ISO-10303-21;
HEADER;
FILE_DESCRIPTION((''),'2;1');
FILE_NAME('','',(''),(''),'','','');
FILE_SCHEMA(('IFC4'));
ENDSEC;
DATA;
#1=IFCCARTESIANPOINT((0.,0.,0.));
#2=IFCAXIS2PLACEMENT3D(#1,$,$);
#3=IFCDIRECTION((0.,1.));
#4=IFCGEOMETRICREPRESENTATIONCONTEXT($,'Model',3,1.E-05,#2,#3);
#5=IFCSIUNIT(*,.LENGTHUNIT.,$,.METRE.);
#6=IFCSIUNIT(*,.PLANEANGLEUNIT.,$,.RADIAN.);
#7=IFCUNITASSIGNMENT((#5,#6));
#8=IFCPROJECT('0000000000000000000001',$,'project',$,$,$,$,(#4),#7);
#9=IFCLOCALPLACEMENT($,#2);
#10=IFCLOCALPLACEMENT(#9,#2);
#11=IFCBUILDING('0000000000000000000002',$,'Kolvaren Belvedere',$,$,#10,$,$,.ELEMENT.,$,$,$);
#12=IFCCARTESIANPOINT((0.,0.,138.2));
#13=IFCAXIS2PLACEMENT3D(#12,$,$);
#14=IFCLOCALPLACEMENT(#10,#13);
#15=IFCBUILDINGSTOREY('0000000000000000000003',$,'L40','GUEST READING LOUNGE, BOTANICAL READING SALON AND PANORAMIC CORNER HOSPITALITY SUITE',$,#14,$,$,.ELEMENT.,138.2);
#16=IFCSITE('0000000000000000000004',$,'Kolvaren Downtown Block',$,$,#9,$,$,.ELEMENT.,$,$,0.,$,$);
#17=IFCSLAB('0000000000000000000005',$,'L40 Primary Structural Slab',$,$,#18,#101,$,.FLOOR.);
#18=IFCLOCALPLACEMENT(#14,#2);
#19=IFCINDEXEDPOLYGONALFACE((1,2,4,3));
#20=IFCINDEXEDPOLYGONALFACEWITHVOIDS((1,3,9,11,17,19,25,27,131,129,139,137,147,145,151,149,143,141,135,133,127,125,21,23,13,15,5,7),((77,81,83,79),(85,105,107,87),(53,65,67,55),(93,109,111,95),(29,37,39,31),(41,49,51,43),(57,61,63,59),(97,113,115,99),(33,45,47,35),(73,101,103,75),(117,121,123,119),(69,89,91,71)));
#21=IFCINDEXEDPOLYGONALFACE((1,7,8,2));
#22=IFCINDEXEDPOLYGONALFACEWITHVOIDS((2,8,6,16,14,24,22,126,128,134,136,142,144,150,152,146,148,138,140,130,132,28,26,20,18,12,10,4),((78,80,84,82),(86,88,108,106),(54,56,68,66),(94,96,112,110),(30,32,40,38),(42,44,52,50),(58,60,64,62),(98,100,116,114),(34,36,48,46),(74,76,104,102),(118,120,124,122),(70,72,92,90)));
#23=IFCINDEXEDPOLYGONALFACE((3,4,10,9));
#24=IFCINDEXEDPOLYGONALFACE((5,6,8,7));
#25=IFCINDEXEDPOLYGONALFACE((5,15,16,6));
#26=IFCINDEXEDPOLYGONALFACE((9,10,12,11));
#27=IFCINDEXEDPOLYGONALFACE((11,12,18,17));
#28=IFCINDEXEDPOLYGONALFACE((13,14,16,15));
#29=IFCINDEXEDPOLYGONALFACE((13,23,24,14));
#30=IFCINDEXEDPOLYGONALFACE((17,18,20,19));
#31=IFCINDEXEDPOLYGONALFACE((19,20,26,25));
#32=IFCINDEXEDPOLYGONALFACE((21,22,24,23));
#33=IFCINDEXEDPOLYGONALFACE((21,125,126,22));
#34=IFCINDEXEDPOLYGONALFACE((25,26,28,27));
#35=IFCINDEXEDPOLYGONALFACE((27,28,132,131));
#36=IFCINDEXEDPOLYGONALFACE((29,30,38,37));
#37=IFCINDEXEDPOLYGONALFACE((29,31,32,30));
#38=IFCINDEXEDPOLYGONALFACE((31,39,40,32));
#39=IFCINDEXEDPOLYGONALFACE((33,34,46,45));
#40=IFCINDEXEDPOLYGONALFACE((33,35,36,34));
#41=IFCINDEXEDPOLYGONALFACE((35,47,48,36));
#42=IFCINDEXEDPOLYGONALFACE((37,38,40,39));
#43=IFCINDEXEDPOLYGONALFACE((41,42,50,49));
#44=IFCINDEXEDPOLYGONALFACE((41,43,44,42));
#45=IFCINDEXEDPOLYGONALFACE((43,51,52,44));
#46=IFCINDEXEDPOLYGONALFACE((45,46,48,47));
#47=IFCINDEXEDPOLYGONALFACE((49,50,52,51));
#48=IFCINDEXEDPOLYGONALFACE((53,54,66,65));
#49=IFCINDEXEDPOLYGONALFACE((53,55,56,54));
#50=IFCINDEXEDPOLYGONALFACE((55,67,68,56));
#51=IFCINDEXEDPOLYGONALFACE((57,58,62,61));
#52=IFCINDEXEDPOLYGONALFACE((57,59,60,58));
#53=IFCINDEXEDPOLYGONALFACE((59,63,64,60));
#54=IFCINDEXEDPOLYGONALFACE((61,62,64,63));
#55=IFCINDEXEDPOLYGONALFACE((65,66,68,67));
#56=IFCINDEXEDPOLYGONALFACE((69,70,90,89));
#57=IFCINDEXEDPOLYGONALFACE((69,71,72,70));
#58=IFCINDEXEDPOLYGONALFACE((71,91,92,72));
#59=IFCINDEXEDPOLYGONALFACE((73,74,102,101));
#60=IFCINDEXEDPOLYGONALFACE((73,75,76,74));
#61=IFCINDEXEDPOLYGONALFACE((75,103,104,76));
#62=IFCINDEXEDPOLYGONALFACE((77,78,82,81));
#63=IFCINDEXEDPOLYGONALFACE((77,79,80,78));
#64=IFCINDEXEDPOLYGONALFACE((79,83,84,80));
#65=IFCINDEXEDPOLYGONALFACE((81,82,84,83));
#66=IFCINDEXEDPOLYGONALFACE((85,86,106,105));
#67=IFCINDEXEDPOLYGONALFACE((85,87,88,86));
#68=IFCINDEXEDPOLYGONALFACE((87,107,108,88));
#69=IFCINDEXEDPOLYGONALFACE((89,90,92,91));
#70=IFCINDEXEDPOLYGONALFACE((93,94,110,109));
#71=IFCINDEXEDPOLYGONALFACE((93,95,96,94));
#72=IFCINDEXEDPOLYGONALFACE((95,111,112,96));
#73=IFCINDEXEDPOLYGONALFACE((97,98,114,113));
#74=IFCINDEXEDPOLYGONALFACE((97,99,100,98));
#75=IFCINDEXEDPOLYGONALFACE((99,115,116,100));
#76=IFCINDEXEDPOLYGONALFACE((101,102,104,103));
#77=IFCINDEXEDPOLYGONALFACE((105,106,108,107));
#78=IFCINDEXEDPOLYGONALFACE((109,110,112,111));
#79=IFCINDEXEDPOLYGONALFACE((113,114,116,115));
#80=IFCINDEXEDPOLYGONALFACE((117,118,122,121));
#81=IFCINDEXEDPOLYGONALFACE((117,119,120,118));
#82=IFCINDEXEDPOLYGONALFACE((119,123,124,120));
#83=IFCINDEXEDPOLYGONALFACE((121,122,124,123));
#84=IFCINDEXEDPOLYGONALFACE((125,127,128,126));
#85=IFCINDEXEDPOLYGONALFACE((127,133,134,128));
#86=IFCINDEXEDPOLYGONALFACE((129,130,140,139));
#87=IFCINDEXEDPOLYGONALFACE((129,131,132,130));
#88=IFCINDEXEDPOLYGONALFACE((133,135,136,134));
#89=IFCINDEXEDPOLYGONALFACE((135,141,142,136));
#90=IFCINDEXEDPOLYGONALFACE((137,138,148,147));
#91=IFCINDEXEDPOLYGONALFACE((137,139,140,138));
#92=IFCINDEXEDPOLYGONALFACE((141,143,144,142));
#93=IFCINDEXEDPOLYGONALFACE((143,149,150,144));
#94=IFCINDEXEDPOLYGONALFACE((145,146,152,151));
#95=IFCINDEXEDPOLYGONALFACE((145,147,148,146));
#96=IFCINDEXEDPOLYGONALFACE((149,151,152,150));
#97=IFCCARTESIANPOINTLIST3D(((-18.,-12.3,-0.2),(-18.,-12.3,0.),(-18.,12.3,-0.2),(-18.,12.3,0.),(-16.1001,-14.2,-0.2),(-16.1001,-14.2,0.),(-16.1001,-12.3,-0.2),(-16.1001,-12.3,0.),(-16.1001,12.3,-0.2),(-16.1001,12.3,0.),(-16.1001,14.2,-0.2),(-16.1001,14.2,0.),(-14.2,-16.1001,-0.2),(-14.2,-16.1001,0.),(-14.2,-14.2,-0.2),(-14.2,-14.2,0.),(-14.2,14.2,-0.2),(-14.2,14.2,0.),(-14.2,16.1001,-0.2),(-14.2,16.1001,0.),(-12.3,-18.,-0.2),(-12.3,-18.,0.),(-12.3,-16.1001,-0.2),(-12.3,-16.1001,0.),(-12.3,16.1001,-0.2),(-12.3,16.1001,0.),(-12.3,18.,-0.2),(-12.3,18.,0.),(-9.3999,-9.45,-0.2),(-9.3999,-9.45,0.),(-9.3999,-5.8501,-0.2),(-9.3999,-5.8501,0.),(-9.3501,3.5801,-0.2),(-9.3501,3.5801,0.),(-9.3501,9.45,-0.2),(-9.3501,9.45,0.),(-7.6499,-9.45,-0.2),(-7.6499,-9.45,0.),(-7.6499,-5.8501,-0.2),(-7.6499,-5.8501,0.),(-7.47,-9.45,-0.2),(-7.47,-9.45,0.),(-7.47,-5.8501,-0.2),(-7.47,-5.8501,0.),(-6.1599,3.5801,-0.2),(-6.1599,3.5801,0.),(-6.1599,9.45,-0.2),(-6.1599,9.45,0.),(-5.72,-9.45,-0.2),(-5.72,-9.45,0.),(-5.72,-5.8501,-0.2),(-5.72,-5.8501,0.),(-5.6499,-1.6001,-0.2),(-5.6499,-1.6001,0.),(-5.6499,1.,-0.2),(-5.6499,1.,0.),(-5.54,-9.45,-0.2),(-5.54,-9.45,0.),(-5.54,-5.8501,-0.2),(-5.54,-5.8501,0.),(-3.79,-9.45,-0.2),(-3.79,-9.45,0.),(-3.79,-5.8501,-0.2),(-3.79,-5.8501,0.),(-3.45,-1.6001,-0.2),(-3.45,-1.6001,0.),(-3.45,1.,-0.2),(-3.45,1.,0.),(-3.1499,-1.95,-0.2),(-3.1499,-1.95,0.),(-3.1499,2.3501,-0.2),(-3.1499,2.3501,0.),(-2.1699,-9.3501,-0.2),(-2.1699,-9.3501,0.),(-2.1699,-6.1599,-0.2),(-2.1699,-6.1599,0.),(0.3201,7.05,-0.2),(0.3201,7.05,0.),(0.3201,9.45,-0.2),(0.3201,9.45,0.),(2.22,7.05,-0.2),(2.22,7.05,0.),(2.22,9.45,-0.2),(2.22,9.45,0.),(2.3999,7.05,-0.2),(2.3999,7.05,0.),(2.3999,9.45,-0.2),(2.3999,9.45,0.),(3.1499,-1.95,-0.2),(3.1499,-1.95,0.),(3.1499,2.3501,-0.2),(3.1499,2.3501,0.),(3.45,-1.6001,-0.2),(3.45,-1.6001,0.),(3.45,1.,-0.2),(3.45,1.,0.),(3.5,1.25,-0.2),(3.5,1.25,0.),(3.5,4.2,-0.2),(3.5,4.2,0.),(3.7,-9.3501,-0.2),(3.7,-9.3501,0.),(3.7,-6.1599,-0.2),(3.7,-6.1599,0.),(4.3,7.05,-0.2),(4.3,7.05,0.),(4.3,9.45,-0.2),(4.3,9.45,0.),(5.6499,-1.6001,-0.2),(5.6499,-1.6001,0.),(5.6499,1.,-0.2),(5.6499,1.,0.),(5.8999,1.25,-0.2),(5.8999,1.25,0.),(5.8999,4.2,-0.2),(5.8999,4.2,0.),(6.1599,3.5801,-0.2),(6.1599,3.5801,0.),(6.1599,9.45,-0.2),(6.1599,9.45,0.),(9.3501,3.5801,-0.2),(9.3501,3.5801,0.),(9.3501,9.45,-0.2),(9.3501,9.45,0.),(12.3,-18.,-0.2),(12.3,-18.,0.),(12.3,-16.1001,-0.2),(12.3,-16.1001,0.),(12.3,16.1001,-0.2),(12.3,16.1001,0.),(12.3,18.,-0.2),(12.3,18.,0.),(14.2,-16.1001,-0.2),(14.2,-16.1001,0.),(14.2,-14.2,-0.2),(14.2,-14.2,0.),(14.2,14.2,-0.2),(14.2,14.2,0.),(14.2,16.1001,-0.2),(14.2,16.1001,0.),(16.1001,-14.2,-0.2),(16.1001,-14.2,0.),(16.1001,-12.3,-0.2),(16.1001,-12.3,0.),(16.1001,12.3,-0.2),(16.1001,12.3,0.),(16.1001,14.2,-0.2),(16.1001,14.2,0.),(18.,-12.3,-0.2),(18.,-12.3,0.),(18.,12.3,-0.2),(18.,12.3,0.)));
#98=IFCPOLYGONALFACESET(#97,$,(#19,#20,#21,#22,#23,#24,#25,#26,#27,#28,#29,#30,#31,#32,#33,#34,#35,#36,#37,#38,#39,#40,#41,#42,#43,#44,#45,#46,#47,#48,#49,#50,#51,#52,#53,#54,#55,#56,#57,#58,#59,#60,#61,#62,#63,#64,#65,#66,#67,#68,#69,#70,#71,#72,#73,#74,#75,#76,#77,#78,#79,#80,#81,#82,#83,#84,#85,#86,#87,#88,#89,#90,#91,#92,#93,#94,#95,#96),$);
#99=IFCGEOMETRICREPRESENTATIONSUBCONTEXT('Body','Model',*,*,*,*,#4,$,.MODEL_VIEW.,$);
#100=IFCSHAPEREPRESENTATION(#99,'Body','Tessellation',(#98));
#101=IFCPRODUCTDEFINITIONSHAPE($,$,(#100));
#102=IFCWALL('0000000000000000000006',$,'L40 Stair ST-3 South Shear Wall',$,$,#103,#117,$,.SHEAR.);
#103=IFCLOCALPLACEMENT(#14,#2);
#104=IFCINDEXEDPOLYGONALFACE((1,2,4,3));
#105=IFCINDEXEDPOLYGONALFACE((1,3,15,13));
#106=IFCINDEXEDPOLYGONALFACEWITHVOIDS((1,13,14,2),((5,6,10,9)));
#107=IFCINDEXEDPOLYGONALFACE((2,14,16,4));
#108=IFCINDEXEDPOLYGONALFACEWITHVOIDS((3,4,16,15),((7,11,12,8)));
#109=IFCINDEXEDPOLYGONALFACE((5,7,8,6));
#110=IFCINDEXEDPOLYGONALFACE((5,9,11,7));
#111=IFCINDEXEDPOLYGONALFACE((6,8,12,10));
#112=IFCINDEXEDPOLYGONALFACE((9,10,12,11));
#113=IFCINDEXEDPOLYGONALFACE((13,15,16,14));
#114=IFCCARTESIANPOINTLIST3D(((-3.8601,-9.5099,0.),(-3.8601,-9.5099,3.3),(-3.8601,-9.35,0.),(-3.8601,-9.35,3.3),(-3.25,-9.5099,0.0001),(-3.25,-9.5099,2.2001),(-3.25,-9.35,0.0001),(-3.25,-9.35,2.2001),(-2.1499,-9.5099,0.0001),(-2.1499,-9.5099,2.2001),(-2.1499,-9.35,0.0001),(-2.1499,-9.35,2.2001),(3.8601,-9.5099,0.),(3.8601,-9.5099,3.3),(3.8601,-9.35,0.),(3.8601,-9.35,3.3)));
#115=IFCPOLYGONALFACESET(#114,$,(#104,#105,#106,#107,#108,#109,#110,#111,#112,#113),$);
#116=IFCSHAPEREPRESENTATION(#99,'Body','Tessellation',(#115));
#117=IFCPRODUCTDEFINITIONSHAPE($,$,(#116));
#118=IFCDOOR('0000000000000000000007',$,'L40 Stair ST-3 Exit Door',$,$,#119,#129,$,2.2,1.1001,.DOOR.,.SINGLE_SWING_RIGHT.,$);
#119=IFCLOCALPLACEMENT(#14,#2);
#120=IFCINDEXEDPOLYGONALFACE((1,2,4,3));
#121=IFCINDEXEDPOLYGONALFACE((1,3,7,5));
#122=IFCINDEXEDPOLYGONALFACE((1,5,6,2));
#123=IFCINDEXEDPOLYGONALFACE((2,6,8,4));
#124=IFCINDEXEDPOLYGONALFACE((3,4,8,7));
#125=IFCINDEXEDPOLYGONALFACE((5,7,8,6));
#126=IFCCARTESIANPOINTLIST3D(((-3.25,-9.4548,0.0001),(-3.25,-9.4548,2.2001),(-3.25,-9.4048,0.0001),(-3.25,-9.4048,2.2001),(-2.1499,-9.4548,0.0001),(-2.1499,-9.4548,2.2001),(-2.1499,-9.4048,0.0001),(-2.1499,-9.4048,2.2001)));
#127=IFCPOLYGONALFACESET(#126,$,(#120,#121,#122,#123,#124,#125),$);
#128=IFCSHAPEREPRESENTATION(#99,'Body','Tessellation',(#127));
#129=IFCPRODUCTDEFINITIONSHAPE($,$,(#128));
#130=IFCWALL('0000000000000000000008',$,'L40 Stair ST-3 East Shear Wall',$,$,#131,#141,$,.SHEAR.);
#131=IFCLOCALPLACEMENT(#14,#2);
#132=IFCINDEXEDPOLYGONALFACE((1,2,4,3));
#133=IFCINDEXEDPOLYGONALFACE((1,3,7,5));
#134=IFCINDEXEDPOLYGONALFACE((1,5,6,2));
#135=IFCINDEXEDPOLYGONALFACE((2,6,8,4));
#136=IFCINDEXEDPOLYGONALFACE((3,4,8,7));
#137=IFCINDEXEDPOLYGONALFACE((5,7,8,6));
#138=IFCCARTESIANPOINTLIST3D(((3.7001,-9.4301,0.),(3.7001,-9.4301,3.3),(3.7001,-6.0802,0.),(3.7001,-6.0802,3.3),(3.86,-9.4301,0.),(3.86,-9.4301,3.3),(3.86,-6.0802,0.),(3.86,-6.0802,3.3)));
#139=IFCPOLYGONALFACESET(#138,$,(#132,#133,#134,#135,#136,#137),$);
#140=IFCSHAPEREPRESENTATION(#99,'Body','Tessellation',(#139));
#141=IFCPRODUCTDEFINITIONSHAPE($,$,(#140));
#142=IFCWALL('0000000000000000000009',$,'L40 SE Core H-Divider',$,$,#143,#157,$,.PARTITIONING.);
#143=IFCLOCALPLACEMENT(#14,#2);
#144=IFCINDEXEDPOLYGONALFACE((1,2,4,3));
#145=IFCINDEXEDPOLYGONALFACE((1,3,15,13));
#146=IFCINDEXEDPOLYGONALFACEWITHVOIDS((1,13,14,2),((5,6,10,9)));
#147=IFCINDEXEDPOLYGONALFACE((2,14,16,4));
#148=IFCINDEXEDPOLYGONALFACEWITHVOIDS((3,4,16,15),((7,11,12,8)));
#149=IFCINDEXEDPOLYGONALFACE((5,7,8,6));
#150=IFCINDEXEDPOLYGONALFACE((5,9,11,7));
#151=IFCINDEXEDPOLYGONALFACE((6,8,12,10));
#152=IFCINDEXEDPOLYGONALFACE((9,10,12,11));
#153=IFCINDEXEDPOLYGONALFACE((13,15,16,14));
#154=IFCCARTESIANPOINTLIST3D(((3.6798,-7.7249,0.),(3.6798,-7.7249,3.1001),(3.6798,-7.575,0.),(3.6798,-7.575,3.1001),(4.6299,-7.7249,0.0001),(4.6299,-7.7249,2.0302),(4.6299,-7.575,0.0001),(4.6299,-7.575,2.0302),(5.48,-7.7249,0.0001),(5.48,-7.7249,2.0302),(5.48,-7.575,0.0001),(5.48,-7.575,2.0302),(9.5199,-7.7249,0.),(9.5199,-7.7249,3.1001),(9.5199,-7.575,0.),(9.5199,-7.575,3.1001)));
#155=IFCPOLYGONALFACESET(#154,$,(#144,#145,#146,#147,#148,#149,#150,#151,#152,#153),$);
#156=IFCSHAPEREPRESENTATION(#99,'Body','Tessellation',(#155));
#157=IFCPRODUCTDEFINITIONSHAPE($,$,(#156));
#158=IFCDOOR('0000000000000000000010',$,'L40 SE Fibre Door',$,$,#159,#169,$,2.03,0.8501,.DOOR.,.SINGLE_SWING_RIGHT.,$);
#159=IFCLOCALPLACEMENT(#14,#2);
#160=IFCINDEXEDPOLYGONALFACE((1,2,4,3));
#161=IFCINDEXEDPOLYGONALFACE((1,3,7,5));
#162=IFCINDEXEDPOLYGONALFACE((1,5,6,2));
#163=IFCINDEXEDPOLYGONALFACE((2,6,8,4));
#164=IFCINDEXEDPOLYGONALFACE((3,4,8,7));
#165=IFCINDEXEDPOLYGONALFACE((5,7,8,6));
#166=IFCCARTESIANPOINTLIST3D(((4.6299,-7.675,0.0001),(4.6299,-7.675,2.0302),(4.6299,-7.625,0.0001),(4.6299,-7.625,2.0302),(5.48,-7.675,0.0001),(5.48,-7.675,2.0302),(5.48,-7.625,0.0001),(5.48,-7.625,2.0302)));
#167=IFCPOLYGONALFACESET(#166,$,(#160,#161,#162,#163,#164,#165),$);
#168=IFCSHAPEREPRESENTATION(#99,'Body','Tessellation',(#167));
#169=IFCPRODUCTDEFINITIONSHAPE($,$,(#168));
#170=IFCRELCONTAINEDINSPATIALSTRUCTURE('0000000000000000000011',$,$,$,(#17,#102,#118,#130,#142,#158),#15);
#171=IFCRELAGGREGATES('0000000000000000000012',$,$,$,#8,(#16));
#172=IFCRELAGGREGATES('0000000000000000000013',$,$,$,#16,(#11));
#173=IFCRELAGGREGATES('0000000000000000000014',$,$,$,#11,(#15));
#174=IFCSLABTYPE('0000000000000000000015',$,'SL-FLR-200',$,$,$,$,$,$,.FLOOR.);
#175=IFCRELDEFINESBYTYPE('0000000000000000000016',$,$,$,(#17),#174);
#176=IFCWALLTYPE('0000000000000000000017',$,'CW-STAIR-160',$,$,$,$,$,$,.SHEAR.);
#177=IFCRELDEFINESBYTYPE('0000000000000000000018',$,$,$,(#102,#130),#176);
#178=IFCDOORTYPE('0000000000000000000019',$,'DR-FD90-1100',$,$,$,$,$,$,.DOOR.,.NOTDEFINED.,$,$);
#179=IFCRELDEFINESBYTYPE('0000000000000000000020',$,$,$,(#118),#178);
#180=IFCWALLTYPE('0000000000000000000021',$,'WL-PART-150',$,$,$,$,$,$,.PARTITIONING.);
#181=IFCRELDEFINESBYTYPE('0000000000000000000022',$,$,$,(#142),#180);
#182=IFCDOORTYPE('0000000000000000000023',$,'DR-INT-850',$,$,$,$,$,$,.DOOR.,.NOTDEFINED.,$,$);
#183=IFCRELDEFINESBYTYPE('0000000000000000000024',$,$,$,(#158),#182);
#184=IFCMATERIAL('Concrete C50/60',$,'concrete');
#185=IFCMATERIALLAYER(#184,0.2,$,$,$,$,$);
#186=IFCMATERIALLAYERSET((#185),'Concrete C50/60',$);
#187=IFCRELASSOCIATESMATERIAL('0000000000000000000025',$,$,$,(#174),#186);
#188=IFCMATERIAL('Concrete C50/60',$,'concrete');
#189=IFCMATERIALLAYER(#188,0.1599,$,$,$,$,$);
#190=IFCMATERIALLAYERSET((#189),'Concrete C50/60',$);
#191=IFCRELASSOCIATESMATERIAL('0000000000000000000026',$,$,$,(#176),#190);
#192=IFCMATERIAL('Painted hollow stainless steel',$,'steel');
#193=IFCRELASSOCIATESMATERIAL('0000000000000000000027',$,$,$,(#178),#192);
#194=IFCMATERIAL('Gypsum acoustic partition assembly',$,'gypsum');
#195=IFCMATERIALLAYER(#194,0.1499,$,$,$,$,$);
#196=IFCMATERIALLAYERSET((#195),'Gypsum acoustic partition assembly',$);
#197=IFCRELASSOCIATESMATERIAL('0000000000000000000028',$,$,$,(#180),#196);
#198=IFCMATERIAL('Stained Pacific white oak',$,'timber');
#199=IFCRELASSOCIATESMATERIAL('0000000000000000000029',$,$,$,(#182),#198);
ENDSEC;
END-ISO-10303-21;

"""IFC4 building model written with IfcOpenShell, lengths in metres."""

from ifc_helpers import new_model, si_unit, direction, frame, frame_2d, origin, place, context, subcontext, project, spatial, polyline, rectangle, outline, extrude, material, layer, layer_set, type_object, element, fill, save


model = new_model("IFC4")

# Units and contexts
model_context = context("Model", 3, precision=1e-05, world=origin(), true_north=direction((0.0, 1.0)))
body_context = subcontext(model_context, "Body", "Model", "MODEL_VIEW")
ifc_project = project(units=[si_unit("LENGTHUNIT", "METRE"), si_unit("PLANEANGLEUNIT", "RADIAN")], contexts=[model_context])

# Site, building, storey
site_placement = place(None, origin())
site = spatial("IfcSite", under=ifc_project, at=site_placement, Name="Kolvaren Downtown Block", CompositionType="ELEMENT", RefElevation=0.0)
building_placement = place(site_placement, origin())
building = spatial("IfcBuilding", under=site, at=building_placement, Name="Kolvaren Belvedere", CompositionType="ELEMENT")
storey_placement = place(building_placement, frame((0.0, 0.0, 138.2)))
storey = spatial("IfcBuildingStorey", under=building, at=storey_placement, Name="L40", Description="GUEST READING LOUNGE, BOTANICAL READING SALON AND PANORAMIC CORNER HOSPITALITY SUITE", CompositionType="ELEMENT", Elevation=138.2)

# Slab
ifc_material_1 = material(Name="Concrete C50/60", Category="concrete")
ifc_layer_1 = layer(ifc_material_1, 0.2)
ifc_layer_set_1 = layer_set([ifc_layer_1], Name="Concrete C50/60")
slab_type_1 = type_object("IfcSlabType", Name="SL-FLR-200", PredefinedType="FLOOR", material=ifc_layer_set_1)
slab_1_placement = place(storey_placement, frame((0.0, 0.0, -0.2)))
element("IfcSlab", 1, at=slab_1_placement, inside=storey, type_object=slab_type_1, Name="L40 Primary Structural Slab", PredefinedType="FLOOR", context=body_context, shape_type="SweptSolid", body=[
    extrude(outline(polyline([(-12.3, -18.0), (12.3, -18.0), (12.3, -16.1001), (14.2, -16.1001), (14.2, -14.2), (16.1001, -14.2), (16.1001, -12.3), (18.0, -12.3), (18.0, 12.3), (16.1001, 12.3), (16.1001, 14.2), (14.2, 14.2), (14.2, 16.1001), (12.3, 16.1001), (12.3, 18.0), (-12.3, 18.0), (-12.3, 16.1001), (-14.2, 16.1001), (-14.2, 14.2), (-16.1001, 14.2), (-16.1001, 12.3), (-18.0, 12.3), (-18.0, -12.3), (-16.1001, -12.3), (-16.1001, -14.2), (-14.2, -14.2), (-14.2, -16.1001), (-12.3, -16.1001), (-12.3, -18.0)]), holes=[polyline([(-9.3501, 3.5801), (-6.1599, 3.5801), (-6.1599, 9.45), (-9.3501, 9.45), (-9.3501, 3.5801)]), polyline([(6.1599, 3.5801), (9.3501, 3.5801), (9.3501, 9.45), (6.1599, 9.45), (6.1599, 3.5801)]), polyline([(-2.1699, -9.3501), (3.7, -9.3501), (3.7, -6.1599), (-2.1699, -6.1599), (-2.1699, -9.3501)]), polyline([(-5.6499, -1.6001), (-3.45, -1.6001), (-3.45, 1.0), (-5.6499, 1.0), (-5.6499, -1.6001)]), polyline([(3.5, 1.25), (5.8999, 1.25), (5.8999, 4.2), (3.5, 4.2), (3.5, 1.25)]), polyline([(3.45, -1.6001), (5.6499, -1.6001), (5.6499, 1.0), (3.45, 1.0), (3.45, -1.6001)]), polyline([(-9.3999, -9.45), (-7.6499, -9.45), (-7.6499, -5.8501), (-9.3999, -5.8501), (-9.3999, -9.45)]), polyline([(-7.47, -9.45), (-5.72, -9.45), (-5.72, -5.8501), (-7.47, -5.8501), (-7.47, -9.45)]), polyline([(-5.54, -9.45), (-3.79, -9.45), (-3.79, -5.8501), (-5.54, -5.8501), (-5.54, -9.45)]), polyline([(0.3201, 7.05), (2.22, 7.05), (2.22, 9.45), (0.3201, 9.45), (0.3201, 7.05)]), polyline([(2.3999, 7.05), (4.3, 7.05), (4.3, 9.45), (2.3999, 9.45), (2.3999, 7.05)]), polyline([(-3.1499, -1.95), (3.1499, -1.95), (3.1499, 2.3501), (-3.1499, 2.3501), (-3.1499, -1.95)])]), origin(), (0.0, 0.0, 1.0), 0.2),
])

# Wall, opening, door
ifc_material_2 = material(Name="Concrete C50/60", Category="concrete")
ifc_layer_2 = layer(ifc_material_2, 0.1599)
ifc_layer_set_2 = layer_set([ifc_layer_2], Name="Concrete C50/60")
wall_type_1 = type_object("IfcWallType", Name="CW-STAIR-160", PredefinedType="SHEAR", material=ifc_layer_set_2)
wall_1_placement = place(storey_placement, frame((3.8601, -9.4299, 0.0), z_axis=(0.0, 0.0, 1.0), x_axis=(-1.0, 0.0, 0.0)))
wall_1 = element("IfcWall", 2, at=wall_1_placement, inside=storey, type_object=wall_type_1, Name="L40 Stair ST-3 South Shear Wall", PredefinedType="SHEAR", context=body_context, shape_type="SweptSolid", body=[
    extrude(rectangle(XDim=7.7202, YDim=0.1599, at=frame_2d((3.8601, 0.0))), origin(), (0.0, 0.0, 1.0), 3.3),
])
opening_1_placement = place(wall_1_placement, frame((6.01, 0.0, 0.0)))
opening_1 = element("IfcOpeningElement", 3, at=opening_1_placement, cuts=wall_1, PredefinedType="OPENING", context=body_context, shape_type="SweptSolid", body=[
    extrude(rectangle(XDim=1.1001, YDim=2.2, at=frame_2d((0.55, 1.1001))), frame((0.0, 0.0898, 0.0), z_axis=(0.0, -1.0, 0.0), x_axis=(1.0, 0.0, 0.0)), (0.0, 0.0, 1.0), 0.1799),
])
ifc_material_3 = material(Name="Painted hollow stainless steel", Category="steel")
door_type_1 = type_object("IfcDoorType", Name="DR-FD90-1100", OperationType="NOTDEFINED", PredefinedType="DOOR", material=ifc_material_3)
door_1_placement = place(opening_1_placement, origin())
door_1 = element("IfcDoor", 4, at=door_1_placement, inside=storey, type_object=door_type_1, Name="L40 Stair ST-3 Exit Door", OperationType="SINGLE_SWING_RIGHT", OverallHeight=2.2, OverallWidth=1.1001, PredefinedType="DOOR", context=body_context, shape_type="SweptSolid", body=[
    extrude(rectangle(XDim=1.1001, YDim=2.2, at=frame_2d((0.55, 1.1001))), frame((0.0, 0.0249, 0.0), z_axis=(0.0, -1.0, 0.0), x_axis=(1.0, 0.0, 0.0)), (0.0, 0.0, 1.0), 0.05),
])
fill(opening_1, door_1)

# Wall
wall_2_placement = place(storey_placement, frame((3.78, -9.4299, 0.0), z_axis=(0.0, 0.0, 1.0), x_axis=(0.0, 1.0, 0.0)))
element("IfcWall", 5, at=wall_2_placement, inside=storey, type_object=wall_type_1, Name="L40 Stair ST-3 East Shear Wall", PredefinedType="SHEAR", context=body_context, shape_type="SweptSolid", body=[
    extrude(rectangle(XDim=3.3499, YDim=0.1599, at=frame_2d((1.6748, 0.0))), origin(), (0.0, 0.0, 1.0), 3.3),
])

# Wall, opening, door
ifc_material_4 = material(Name="Gypsum acoustic partition assembly", Category="gypsum")
ifc_layer_3 = layer(ifc_material_4, 0.1499)
ifc_layer_set_3 = layer_set([ifc_layer_3], Name="Gypsum acoustic partition assembly")
wall_type_2 = type_object("IfcWallType", Name="WL-PART-150", PredefinedType="PARTITIONING", material=ifc_layer_set_3)
wall_3_placement = place(storey_placement, frame((3.6799, -7.6499, 0.0), z_axis=(0.0, 0.0, 1.0), x_axis=(1.0, 0.0, 0.0)))
wall_3 = element("IfcWall", 6, at=wall_3_placement, inside=storey, type_object=wall_type_2, Name="L40 SE Core H-Divider", PredefinedType="PARTITIONING", context=body_context, shape_type="SweptSolid", body=[
    extrude(rectangle(XDim=5.8401, YDim=0.1499, at=frame_2d((2.9199, 0.0))), origin(), (0.0, 0.0, 1.0), 3.1001),
])
opening_2_placement = place(wall_3_placement, frame((0.95, 0.0, 0.0)))
opening_2 = element("IfcOpeningElement", 7, at=opening_2_placement, cuts=wall_3, PredefinedType="OPENING", context=body_context, shape_type="SweptSolid", body=[
    extrude(rectangle(XDim=0.8501, YDim=2.03, at=frame_2d((0.425, 1.0151))), frame((0.0, 0.085, 0.0), z_axis=(0.0, -1.0, 0.0), x_axis=(1.0, 0.0, 0.0)), (0.0, 0.0, 1.0), 0.1699),
])
ifc_material_5 = material(Name="Stained Pacific white oak", Category="timber")
door_type_2 = type_object("IfcDoorType", Name="DR-INT-850", OperationType="NOTDEFINED", PredefinedType="DOOR", material=ifc_material_5)
door_2_placement = place(opening_2_placement, origin())
door_2 = element("IfcDoor", 8, at=door_2_placement, inside=storey, type_object=door_type_2, Name="L40 SE Fibre Door", OperationType="SINGLE_SWING_RIGHT", OverallHeight=2.03, OverallWidth=0.8501, PredefinedType="DOOR", context=body_context, shape_type="SweptSolid", body=[
    extrude(rectangle(XDim=0.8501, YDim=2.03, at=frame_2d((0.425, 1.0151))), frame((0.0, 0.0249, 0.0), z_axis=(0.0, -1.0, 0.0), x_axis=(1.0, 0.0, 0.0)), (0.0, 0.0, 1.0), 0.05),
])
fill(opening_2, door_2)

save(model, "model.ifc")
